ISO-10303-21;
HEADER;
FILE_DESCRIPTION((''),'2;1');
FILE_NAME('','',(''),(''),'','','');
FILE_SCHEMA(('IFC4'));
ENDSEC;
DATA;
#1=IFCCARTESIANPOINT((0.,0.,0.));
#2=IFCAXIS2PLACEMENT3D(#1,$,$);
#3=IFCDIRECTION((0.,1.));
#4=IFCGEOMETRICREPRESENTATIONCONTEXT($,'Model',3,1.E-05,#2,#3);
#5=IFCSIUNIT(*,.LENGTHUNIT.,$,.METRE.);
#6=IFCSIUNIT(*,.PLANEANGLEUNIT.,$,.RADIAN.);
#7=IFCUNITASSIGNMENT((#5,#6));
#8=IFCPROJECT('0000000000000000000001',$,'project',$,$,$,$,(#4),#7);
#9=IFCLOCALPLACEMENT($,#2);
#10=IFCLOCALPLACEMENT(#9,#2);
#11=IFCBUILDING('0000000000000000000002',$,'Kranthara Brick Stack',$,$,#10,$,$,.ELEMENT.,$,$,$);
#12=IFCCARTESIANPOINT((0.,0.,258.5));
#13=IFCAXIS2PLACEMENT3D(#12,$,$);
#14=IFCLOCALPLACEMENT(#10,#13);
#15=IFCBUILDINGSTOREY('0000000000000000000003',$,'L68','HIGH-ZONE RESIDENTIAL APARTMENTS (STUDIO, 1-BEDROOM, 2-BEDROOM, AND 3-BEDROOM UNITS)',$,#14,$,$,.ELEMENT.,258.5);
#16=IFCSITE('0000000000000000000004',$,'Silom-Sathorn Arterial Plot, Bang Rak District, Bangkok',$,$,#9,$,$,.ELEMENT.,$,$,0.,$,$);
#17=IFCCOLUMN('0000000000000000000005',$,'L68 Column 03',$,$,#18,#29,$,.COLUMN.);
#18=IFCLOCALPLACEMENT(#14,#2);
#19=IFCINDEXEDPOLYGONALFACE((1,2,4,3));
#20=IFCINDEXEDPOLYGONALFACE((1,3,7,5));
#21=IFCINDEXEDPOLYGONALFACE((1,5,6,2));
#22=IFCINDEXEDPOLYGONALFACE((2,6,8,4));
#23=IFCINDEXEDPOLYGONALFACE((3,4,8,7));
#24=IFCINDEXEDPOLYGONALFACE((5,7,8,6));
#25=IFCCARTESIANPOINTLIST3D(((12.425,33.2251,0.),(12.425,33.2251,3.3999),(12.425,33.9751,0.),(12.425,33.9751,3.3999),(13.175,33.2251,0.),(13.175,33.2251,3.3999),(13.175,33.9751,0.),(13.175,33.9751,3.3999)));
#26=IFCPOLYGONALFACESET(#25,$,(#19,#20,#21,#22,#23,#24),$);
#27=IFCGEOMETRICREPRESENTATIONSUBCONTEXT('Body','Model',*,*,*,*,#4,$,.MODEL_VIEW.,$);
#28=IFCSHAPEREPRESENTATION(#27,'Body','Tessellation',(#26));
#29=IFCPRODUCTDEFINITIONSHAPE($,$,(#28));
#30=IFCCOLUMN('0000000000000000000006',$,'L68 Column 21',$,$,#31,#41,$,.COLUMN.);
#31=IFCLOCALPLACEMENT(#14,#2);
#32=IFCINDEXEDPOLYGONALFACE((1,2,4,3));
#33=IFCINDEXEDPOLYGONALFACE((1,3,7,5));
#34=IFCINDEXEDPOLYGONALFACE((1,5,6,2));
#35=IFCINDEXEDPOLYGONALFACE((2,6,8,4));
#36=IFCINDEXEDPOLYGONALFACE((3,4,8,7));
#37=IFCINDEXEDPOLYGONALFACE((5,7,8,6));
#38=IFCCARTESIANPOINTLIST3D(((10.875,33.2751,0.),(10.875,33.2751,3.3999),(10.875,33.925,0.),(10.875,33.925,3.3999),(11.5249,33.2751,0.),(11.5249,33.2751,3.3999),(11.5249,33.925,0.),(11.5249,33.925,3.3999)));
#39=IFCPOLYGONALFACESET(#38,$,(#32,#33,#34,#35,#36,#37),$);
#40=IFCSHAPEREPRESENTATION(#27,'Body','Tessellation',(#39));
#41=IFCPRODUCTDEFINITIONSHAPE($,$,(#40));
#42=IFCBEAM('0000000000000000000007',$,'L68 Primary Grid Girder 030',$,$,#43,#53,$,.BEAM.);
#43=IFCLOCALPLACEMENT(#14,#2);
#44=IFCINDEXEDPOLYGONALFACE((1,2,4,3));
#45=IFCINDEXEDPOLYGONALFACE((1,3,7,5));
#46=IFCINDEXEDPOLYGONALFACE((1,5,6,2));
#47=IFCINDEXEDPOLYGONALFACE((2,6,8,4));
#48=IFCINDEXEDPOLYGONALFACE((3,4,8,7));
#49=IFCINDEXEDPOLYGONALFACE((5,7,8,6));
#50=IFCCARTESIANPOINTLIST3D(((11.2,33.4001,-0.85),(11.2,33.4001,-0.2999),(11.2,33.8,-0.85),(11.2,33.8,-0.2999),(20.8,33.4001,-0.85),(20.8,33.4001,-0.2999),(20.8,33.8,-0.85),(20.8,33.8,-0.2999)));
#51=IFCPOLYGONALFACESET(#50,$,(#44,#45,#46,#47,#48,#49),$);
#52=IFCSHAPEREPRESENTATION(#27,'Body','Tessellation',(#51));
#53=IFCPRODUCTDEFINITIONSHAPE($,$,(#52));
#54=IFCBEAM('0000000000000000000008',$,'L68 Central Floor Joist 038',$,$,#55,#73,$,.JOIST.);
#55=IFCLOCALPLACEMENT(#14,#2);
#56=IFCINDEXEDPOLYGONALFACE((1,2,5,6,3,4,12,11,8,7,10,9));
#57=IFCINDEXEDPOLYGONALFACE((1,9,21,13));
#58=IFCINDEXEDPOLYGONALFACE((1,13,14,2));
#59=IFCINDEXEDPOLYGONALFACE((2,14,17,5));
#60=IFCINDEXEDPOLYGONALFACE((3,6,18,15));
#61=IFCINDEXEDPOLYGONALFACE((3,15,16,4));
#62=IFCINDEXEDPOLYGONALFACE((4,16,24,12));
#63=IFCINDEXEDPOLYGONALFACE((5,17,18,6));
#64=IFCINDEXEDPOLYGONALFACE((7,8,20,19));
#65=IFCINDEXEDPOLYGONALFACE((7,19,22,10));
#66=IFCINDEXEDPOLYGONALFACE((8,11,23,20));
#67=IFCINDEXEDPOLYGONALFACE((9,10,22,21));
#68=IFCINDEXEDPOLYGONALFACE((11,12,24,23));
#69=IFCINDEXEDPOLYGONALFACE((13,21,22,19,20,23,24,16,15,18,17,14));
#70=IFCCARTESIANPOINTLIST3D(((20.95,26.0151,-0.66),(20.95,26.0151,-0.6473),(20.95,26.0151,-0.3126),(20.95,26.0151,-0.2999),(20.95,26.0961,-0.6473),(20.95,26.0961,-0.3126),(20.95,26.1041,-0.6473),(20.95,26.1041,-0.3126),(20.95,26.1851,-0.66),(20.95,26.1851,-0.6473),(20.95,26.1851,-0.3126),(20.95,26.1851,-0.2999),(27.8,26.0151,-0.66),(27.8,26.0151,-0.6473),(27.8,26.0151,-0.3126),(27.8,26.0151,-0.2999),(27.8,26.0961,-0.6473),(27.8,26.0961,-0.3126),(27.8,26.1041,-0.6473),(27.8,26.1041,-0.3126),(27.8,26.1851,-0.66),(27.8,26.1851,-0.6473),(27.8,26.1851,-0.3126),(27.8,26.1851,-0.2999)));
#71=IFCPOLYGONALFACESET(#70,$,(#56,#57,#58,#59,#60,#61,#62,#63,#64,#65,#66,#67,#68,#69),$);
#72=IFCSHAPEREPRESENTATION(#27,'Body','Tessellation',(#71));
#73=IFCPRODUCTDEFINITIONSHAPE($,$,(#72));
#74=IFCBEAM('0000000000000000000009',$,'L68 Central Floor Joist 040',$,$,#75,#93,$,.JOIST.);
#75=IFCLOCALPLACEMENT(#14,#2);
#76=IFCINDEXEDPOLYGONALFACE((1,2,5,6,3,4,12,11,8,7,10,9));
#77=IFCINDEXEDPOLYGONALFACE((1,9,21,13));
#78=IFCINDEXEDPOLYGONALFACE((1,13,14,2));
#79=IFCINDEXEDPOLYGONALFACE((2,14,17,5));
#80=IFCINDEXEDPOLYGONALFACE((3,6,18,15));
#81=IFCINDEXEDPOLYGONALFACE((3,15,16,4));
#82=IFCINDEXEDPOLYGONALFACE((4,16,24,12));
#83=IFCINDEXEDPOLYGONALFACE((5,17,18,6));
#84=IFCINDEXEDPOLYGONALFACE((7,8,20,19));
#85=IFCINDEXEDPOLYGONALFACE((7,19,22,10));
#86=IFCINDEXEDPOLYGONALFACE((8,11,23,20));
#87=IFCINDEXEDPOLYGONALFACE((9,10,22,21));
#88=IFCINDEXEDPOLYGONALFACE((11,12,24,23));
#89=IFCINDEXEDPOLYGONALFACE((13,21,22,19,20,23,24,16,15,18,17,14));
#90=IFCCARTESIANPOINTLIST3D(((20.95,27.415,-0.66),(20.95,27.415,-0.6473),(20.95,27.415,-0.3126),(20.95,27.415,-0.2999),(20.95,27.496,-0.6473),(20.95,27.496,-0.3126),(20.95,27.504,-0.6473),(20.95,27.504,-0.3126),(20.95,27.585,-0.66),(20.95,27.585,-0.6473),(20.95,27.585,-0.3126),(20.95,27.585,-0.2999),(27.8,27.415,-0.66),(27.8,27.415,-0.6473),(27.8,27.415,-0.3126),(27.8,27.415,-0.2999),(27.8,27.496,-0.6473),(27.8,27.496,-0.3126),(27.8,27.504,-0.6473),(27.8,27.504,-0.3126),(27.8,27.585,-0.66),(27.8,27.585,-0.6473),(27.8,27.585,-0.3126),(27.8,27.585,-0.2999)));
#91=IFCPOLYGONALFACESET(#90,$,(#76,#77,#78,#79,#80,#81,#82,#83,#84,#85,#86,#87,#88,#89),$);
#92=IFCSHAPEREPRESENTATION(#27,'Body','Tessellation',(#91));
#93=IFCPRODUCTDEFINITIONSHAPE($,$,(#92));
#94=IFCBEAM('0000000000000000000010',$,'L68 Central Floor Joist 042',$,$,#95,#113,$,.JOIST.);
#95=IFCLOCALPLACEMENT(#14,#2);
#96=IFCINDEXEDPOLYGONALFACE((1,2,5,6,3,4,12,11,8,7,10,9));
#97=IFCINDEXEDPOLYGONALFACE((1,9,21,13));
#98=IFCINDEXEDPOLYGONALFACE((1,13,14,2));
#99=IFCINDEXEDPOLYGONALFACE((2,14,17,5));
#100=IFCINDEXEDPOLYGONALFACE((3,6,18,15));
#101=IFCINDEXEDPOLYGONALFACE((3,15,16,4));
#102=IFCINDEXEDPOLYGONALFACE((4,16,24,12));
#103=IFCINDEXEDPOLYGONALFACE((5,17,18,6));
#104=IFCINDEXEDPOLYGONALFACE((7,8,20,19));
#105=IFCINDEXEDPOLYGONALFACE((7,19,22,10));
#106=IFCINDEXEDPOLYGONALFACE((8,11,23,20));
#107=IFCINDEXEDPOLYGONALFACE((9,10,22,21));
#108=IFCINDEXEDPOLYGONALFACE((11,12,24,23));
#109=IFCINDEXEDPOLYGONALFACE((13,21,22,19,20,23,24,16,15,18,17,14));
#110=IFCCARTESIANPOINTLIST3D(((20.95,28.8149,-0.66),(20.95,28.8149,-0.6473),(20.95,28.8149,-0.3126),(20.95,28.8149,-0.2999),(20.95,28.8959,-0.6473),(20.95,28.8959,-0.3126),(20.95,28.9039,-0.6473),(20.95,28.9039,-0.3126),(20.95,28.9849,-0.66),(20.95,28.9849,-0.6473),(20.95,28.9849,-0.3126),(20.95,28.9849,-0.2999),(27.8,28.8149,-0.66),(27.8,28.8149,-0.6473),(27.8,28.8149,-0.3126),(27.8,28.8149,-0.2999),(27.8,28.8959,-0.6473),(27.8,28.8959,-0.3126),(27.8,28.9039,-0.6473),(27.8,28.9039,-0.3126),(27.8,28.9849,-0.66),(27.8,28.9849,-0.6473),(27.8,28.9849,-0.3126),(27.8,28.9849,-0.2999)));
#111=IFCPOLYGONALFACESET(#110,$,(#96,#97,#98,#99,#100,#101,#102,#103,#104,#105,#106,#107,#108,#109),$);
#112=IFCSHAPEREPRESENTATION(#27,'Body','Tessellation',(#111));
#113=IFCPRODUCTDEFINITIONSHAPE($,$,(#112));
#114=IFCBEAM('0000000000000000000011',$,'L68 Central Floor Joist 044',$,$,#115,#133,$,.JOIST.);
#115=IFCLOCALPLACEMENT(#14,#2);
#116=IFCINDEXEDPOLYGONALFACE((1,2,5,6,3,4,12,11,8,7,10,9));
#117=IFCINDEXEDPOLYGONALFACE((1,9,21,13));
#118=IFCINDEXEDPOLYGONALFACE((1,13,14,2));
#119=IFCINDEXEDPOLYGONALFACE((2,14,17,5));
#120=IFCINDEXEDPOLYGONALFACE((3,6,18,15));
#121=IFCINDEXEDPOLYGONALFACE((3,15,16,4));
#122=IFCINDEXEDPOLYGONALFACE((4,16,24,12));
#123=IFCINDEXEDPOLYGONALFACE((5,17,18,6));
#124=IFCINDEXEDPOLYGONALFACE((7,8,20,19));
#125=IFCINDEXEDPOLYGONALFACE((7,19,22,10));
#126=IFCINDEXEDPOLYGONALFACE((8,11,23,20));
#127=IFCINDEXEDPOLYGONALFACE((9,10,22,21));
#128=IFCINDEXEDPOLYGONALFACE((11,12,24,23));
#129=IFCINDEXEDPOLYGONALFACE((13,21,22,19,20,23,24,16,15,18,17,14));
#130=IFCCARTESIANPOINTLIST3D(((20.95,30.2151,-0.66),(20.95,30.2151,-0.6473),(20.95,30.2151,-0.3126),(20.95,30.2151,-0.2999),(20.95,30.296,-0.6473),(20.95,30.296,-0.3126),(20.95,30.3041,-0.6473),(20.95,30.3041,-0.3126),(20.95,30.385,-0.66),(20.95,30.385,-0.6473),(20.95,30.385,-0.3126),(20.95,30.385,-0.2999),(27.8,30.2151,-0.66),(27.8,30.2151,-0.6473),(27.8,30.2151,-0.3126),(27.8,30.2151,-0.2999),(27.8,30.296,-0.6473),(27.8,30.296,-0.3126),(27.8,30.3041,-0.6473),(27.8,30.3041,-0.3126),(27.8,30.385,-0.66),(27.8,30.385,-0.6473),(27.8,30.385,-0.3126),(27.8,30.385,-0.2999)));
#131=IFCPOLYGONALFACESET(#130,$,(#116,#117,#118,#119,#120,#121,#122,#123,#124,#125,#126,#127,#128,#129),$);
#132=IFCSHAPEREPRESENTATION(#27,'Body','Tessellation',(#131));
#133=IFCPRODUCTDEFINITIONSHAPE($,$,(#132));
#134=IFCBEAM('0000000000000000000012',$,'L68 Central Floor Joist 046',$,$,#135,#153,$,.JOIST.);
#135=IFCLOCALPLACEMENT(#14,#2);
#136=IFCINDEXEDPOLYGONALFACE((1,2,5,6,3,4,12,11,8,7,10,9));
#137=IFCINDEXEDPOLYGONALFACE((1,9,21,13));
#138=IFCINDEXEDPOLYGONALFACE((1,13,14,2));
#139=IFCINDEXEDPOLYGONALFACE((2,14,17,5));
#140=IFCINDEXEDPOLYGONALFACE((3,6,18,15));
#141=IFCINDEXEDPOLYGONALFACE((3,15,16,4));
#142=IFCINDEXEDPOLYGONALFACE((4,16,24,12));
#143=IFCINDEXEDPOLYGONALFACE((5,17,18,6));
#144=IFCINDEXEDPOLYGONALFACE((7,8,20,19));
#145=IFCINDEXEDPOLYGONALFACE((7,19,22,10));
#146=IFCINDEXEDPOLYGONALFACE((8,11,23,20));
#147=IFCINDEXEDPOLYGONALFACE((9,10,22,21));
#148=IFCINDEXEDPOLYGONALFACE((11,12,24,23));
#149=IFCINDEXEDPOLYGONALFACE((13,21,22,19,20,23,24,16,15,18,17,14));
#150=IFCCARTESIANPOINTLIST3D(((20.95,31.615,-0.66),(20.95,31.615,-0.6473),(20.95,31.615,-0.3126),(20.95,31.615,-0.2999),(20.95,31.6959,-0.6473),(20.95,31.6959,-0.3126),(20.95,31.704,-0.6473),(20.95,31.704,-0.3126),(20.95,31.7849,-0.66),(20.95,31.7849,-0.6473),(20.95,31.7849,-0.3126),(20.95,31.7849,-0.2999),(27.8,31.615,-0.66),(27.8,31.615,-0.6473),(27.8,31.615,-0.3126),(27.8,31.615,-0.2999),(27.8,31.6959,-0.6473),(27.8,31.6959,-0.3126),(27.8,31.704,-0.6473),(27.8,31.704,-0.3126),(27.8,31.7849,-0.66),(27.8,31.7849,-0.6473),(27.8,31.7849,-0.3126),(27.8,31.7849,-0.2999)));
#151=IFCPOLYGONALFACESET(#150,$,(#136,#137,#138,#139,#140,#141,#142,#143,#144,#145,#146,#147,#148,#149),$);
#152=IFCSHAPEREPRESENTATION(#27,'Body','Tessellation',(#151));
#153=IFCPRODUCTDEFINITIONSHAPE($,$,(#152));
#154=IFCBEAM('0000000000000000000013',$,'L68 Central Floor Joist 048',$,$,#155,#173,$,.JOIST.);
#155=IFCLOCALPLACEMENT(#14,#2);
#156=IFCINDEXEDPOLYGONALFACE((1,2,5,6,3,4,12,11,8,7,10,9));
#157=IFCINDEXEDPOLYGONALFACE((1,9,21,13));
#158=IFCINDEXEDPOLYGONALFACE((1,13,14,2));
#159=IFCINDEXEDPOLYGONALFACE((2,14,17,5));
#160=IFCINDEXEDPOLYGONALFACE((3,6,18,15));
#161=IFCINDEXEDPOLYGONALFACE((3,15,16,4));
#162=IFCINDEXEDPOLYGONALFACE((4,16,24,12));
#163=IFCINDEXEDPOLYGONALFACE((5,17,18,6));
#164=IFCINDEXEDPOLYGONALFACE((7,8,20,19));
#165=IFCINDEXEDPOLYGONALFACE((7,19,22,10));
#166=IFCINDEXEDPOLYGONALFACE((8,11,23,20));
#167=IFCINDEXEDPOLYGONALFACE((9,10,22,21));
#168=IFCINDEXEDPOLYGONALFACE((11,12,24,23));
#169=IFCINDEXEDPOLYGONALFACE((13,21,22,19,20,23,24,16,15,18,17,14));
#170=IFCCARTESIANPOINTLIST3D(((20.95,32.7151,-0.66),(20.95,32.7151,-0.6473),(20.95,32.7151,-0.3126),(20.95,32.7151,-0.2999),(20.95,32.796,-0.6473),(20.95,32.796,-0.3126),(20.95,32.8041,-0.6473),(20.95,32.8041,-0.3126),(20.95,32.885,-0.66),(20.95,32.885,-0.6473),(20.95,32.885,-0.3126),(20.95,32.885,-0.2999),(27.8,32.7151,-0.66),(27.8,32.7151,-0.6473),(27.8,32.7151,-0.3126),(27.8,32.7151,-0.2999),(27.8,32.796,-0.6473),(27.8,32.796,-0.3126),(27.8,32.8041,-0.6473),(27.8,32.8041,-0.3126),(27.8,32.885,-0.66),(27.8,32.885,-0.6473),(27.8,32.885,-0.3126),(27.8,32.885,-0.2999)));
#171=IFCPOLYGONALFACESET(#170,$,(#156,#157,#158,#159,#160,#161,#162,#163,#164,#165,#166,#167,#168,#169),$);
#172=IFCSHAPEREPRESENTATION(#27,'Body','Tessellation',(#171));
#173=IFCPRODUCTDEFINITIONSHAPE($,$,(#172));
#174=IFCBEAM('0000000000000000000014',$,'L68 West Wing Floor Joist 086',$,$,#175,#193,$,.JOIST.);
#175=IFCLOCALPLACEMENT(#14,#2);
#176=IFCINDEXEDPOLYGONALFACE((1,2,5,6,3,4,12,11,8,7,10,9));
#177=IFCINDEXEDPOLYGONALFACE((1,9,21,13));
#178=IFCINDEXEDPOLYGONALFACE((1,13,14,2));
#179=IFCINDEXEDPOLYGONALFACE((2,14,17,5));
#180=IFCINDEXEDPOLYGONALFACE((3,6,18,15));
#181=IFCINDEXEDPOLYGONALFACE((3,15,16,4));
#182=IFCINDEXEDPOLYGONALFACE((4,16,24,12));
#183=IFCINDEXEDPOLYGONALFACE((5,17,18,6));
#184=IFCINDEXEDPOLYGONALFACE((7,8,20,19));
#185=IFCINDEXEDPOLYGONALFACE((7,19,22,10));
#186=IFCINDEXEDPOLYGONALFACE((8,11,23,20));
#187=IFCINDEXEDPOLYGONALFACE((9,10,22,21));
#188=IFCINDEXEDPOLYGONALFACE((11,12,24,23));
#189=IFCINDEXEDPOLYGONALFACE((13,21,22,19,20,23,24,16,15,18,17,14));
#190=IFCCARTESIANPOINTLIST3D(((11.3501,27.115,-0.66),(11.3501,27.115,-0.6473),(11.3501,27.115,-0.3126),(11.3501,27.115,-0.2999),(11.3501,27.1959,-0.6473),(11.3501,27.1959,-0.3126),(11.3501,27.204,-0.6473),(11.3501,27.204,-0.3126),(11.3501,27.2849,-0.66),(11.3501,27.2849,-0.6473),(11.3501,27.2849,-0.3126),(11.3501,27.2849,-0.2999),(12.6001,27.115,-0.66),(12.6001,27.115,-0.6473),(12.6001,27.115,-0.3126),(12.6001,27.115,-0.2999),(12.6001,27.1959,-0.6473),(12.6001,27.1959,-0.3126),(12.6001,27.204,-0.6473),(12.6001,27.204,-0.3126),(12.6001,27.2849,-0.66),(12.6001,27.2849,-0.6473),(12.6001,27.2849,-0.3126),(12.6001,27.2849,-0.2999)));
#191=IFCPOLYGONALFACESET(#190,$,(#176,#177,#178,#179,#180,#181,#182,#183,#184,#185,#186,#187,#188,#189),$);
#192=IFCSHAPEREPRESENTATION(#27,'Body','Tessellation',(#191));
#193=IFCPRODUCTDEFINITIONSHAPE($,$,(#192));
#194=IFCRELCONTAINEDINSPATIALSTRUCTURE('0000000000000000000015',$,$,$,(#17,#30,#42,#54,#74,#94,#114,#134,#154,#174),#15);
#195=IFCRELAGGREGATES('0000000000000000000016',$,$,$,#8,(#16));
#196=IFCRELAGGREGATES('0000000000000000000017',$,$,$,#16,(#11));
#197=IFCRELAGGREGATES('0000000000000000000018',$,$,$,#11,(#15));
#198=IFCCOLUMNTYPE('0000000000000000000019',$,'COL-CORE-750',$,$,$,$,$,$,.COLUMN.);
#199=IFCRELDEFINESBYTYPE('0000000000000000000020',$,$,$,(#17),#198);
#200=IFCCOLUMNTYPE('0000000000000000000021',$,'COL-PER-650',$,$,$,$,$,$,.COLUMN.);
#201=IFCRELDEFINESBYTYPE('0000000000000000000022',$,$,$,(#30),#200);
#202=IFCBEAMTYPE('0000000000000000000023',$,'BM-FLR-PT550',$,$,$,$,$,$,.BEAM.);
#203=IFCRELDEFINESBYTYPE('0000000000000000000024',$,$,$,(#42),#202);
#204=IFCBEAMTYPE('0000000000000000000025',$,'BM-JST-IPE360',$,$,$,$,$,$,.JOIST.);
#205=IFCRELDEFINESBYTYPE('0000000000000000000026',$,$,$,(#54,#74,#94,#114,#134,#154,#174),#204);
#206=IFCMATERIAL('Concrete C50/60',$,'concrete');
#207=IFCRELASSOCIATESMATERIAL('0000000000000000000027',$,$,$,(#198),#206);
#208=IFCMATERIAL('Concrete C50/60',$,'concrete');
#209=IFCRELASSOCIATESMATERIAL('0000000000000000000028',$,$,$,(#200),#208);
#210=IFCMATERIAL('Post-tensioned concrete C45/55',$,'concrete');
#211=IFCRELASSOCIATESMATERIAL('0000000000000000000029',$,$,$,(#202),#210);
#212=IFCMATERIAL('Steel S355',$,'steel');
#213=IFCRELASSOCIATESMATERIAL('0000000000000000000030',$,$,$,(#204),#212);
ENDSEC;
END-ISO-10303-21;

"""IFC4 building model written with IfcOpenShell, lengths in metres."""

from ifc_helpers import new_model, si_unit, direction, frame, origin, origin_2d, place, context, subcontext, project, spatial, rectangle, i_section, extrude, material, material_profile, profile_set, type_object, element, save


model = new_model("IFC4")

# Units and contexts
model_context = context("Model", 3, precision=1e-05, world=origin(), true_north=direction((0.0, 1.0)))
body_context = subcontext(model_context, "Body", "Model", "MODEL_VIEW")
ifc_project = project(units=[si_unit("LENGTHUNIT", "METRE"), si_unit("PLANEANGLEUNIT", "RADIAN")], contexts=[model_context])

# Site, building, storey
site_placement = place(None, origin())
site = spatial("IfcSite", under=ifc_project, at=site_placement, Name="Silom-Sathorn Arterial Plot, Bang Rak District, Bangkok", CompositionType="ELEMENT", RefElevation=0.0)
building_placement = place(site_placement, origin())
building = spatial("IfcBuilding", under=site, at=building_placement, Name="Kranthara Brick Stack", CompositionType="ELEMENT")
storey_placement = place(building_placement, frame((0.0, 0.0, 258.5)))
storey = spatial("IfcBuildingStorey", under=building, at=storey_placement, Name="L68", Description="HIGH-ZONE RESIDENTIAL APARTMENTS (STUDIO, 1-BEDROOM, 2-BEDROOM, AND 3-BEDROOM UNITS)", CompositionType="ELEMENT", Elevation=258.5)

# Columns
ifc_material_1 = material(Name="Concrete C50/60", Category="concrete")
ifc_material_profile_1 = material_profile(ifc_material_1, rectangle(XDim=0.75, YDim=0.75, at=origin_2d()), Name="RC 750x750")
ifc_profile_set_1 = profile_set([ifc_material_profile_1], Name="Concrete C50/60")
column_type_1 = type_object("IfcColumnType", Name="COL-CORE-750", PredefinedType="COLUMN", material=ifc_profile_set_1)
column_1_placement = place(storey_placement, frame((12.8, 33.6001, 0.0), z_axis=(0.0, 0.0, 1.0), x_axis=(1.0, 0.0, 0.0)))
element("IfcColumn", 1, at=column_1_placement, inside=storey, type_object=column_type_1, Name="L68 Column 03", PredefinedType="COLUMN", context=body_context, shape_type="SweptSolid", body=[
    extrude(rectangle(XDim=0.75, YDim=0.75, at=origin_2d()), origin(), (0.0, 0.0, 1.0), 3.3999),
])
ifc_material_2 = material(Name="Concrete C50/60", Category="concrete")
ifc_material_profile_2 = material_profile(ifc_material_2, rectangle(XDim=0.6499, YDim=0.6499, at=origin_2d()), Name="RC 650x650")
ifc_profile_set_2 = profile_set([ifc_material_profile_2], Name="Concrete C50/60")
column_type_2 = type_object("IfcColumnType", Name="COL-PER-650", PredefinedType="COLUMN", material=ifc_profile_set_2)
column_2_placement = place(storey_placement, frame((11.2, 33.6001, 0.0), z_axis=(0.0, 0.0, 1.0), x_axis=(1.0, 0.0, 0.0)))
element("IfcColumn", 2, at=column_2_placement, inside=storey, type_object=column_type_2, Name="L68 Column 21", PredefinedType="COLUMN", context=body_context, shape_type="SweptSolid", body=[
    extrude(rectangle(XDim=0.6499, YDim=0.6499, at=origin_2d()), origin(), (0.0, 0.0, 1.0), 3.3999),
])

# Beams
ifc_material_3 = material(Name="Post-tensioned concrete C45/55", Category="concrete")
ifc_material_profile_3 = material_profile(ifc_material_3, rectangle(XDim=0.3999, YDim=0.55, at=origin_2d()), Name="PT 400x550")
ifc_profile_set_3 = profile_set([ifc_material_profile_3], Name="Post-tensioned concrete C45/55")
beam_type_1 = type_object("IfcBeamType", Name="BM-FLR-PT550", PredefinedType="BEAM", material=ifc_profile_set_3)
beam_1_placement = place(storey_placement, frame((11.2, 33.6001, -0.575), z_axis=(1.0, 0.0, 0.0), x_axis=(0.0, 1.0, 0.0)))
element("IfcBeam", 3, at=beam_1_placement, inside=storey, type_object=beam_type_1, Name="L68 Primary Grid Girder 030", PredefinedType="BEAM", context=body_context, shape_type="SweptSolid", body=[
    extrude(rectangle(XDim=0.3999, YDim=0.55, at=origin_2d()), origin(), (0.0, 0.0, 1.0), 9.6001),
])
ifc_material_4 = material(Name="Steel S355", Category="steel")
ifc_material_profile_4 = material_profile(ifc_material_4, i_section(OverallWidth=0.1699, OverallDepth=0.3601, WebThickness=0.0081, FlangeThickness=0.0127, at=origin_2d()), Name="IPE 360")
ifc_profile_set_4 = profile_set([ifc_material_profile_4], Name="Steel S355")
beam_type_2 = type_object("IfcBeamType", Name="BM-JST-IPE360", PredefinedType="JOIST", material=ifc_profile_set_4)
for number, where, z_axis, x_axis, name in (
    (4, (20.95, 26.1001, -0.48), (1.0, 0.0, 0.0), (0.0, 1.0, 0.0), "L68 Central Floor Joist 038"),
    (5, (20.95, 27.5, -0.48), (1.0, 0.0, 0.0), (0.0, 1.0, 0.0), "L68 Central Floor Joist 040"),
    (6, (20.95, 28.8999, -0.48), (1.0, 0.0, 0.0), (0.0, 1.0, 0.0), "L68 Central Floor Joist 042"),
    (7, (20.95, 30.3, -0.48), (1.0, 0.0, 0.0), (0.0, 1.0, 0.0), "L68 Central Floor Joist 044"),
    (8, (20.95, 31.7, -0.48), (1.0, 0.0, 0.0), (0.0, 1.0, 0.0), "L68 Central Floor Joist 046"),
    (9, (20.95, 32.8, -0.48), (1.0, 0.0, 0.0), (0.0, 1.0, 0.0), "L68 Central Floor Joist 048"),
):
    element("IfcBeam", number, at=place(storey_placement, frame(where, z_axis=z_axis, x_axis=x_axis)), inside=storey, type_object=beam_type_2, Name=name, PredefinedType="JOIST", context=body_context, shape_type="SweptSolid", body=[
        extrude(i_section(OverallWidth=0.1699, OverallDepth=0.3601, WebThickness=0.0081, FlangeThickness=0.0127, at=origin_2d()), origin(), (0.0, 0.0, 1.0), 6.8501),
    ])
for number, where, z_axis, x_axis, name in (
    (10, (11.3501, 27.2, -0.48), (1.0, 0.0, 0.0), (0.0, 1.0, 0.0), "L68 West Wing Floor Joist 086"),
):
    element("IfcBeam", number, at=place(storey_placement, frame(where, z_axis=z_axis, x_axis=x_axis)), inside=storey, type_object=beam_type_2, Name=name, PredefinedType="JOIST", context=body_context, shape_type="SweptSolid", body=[
        extrude(i_section(OverallWidth=0.1699, OverallDepth=0.3601, WebThickness=0.0081, FlangeThickness=0.0127, at=origin_2d()), origin(), (0.0, 0.0, 1.0), 1.25),
    ])

save(model, "model.ifc")
